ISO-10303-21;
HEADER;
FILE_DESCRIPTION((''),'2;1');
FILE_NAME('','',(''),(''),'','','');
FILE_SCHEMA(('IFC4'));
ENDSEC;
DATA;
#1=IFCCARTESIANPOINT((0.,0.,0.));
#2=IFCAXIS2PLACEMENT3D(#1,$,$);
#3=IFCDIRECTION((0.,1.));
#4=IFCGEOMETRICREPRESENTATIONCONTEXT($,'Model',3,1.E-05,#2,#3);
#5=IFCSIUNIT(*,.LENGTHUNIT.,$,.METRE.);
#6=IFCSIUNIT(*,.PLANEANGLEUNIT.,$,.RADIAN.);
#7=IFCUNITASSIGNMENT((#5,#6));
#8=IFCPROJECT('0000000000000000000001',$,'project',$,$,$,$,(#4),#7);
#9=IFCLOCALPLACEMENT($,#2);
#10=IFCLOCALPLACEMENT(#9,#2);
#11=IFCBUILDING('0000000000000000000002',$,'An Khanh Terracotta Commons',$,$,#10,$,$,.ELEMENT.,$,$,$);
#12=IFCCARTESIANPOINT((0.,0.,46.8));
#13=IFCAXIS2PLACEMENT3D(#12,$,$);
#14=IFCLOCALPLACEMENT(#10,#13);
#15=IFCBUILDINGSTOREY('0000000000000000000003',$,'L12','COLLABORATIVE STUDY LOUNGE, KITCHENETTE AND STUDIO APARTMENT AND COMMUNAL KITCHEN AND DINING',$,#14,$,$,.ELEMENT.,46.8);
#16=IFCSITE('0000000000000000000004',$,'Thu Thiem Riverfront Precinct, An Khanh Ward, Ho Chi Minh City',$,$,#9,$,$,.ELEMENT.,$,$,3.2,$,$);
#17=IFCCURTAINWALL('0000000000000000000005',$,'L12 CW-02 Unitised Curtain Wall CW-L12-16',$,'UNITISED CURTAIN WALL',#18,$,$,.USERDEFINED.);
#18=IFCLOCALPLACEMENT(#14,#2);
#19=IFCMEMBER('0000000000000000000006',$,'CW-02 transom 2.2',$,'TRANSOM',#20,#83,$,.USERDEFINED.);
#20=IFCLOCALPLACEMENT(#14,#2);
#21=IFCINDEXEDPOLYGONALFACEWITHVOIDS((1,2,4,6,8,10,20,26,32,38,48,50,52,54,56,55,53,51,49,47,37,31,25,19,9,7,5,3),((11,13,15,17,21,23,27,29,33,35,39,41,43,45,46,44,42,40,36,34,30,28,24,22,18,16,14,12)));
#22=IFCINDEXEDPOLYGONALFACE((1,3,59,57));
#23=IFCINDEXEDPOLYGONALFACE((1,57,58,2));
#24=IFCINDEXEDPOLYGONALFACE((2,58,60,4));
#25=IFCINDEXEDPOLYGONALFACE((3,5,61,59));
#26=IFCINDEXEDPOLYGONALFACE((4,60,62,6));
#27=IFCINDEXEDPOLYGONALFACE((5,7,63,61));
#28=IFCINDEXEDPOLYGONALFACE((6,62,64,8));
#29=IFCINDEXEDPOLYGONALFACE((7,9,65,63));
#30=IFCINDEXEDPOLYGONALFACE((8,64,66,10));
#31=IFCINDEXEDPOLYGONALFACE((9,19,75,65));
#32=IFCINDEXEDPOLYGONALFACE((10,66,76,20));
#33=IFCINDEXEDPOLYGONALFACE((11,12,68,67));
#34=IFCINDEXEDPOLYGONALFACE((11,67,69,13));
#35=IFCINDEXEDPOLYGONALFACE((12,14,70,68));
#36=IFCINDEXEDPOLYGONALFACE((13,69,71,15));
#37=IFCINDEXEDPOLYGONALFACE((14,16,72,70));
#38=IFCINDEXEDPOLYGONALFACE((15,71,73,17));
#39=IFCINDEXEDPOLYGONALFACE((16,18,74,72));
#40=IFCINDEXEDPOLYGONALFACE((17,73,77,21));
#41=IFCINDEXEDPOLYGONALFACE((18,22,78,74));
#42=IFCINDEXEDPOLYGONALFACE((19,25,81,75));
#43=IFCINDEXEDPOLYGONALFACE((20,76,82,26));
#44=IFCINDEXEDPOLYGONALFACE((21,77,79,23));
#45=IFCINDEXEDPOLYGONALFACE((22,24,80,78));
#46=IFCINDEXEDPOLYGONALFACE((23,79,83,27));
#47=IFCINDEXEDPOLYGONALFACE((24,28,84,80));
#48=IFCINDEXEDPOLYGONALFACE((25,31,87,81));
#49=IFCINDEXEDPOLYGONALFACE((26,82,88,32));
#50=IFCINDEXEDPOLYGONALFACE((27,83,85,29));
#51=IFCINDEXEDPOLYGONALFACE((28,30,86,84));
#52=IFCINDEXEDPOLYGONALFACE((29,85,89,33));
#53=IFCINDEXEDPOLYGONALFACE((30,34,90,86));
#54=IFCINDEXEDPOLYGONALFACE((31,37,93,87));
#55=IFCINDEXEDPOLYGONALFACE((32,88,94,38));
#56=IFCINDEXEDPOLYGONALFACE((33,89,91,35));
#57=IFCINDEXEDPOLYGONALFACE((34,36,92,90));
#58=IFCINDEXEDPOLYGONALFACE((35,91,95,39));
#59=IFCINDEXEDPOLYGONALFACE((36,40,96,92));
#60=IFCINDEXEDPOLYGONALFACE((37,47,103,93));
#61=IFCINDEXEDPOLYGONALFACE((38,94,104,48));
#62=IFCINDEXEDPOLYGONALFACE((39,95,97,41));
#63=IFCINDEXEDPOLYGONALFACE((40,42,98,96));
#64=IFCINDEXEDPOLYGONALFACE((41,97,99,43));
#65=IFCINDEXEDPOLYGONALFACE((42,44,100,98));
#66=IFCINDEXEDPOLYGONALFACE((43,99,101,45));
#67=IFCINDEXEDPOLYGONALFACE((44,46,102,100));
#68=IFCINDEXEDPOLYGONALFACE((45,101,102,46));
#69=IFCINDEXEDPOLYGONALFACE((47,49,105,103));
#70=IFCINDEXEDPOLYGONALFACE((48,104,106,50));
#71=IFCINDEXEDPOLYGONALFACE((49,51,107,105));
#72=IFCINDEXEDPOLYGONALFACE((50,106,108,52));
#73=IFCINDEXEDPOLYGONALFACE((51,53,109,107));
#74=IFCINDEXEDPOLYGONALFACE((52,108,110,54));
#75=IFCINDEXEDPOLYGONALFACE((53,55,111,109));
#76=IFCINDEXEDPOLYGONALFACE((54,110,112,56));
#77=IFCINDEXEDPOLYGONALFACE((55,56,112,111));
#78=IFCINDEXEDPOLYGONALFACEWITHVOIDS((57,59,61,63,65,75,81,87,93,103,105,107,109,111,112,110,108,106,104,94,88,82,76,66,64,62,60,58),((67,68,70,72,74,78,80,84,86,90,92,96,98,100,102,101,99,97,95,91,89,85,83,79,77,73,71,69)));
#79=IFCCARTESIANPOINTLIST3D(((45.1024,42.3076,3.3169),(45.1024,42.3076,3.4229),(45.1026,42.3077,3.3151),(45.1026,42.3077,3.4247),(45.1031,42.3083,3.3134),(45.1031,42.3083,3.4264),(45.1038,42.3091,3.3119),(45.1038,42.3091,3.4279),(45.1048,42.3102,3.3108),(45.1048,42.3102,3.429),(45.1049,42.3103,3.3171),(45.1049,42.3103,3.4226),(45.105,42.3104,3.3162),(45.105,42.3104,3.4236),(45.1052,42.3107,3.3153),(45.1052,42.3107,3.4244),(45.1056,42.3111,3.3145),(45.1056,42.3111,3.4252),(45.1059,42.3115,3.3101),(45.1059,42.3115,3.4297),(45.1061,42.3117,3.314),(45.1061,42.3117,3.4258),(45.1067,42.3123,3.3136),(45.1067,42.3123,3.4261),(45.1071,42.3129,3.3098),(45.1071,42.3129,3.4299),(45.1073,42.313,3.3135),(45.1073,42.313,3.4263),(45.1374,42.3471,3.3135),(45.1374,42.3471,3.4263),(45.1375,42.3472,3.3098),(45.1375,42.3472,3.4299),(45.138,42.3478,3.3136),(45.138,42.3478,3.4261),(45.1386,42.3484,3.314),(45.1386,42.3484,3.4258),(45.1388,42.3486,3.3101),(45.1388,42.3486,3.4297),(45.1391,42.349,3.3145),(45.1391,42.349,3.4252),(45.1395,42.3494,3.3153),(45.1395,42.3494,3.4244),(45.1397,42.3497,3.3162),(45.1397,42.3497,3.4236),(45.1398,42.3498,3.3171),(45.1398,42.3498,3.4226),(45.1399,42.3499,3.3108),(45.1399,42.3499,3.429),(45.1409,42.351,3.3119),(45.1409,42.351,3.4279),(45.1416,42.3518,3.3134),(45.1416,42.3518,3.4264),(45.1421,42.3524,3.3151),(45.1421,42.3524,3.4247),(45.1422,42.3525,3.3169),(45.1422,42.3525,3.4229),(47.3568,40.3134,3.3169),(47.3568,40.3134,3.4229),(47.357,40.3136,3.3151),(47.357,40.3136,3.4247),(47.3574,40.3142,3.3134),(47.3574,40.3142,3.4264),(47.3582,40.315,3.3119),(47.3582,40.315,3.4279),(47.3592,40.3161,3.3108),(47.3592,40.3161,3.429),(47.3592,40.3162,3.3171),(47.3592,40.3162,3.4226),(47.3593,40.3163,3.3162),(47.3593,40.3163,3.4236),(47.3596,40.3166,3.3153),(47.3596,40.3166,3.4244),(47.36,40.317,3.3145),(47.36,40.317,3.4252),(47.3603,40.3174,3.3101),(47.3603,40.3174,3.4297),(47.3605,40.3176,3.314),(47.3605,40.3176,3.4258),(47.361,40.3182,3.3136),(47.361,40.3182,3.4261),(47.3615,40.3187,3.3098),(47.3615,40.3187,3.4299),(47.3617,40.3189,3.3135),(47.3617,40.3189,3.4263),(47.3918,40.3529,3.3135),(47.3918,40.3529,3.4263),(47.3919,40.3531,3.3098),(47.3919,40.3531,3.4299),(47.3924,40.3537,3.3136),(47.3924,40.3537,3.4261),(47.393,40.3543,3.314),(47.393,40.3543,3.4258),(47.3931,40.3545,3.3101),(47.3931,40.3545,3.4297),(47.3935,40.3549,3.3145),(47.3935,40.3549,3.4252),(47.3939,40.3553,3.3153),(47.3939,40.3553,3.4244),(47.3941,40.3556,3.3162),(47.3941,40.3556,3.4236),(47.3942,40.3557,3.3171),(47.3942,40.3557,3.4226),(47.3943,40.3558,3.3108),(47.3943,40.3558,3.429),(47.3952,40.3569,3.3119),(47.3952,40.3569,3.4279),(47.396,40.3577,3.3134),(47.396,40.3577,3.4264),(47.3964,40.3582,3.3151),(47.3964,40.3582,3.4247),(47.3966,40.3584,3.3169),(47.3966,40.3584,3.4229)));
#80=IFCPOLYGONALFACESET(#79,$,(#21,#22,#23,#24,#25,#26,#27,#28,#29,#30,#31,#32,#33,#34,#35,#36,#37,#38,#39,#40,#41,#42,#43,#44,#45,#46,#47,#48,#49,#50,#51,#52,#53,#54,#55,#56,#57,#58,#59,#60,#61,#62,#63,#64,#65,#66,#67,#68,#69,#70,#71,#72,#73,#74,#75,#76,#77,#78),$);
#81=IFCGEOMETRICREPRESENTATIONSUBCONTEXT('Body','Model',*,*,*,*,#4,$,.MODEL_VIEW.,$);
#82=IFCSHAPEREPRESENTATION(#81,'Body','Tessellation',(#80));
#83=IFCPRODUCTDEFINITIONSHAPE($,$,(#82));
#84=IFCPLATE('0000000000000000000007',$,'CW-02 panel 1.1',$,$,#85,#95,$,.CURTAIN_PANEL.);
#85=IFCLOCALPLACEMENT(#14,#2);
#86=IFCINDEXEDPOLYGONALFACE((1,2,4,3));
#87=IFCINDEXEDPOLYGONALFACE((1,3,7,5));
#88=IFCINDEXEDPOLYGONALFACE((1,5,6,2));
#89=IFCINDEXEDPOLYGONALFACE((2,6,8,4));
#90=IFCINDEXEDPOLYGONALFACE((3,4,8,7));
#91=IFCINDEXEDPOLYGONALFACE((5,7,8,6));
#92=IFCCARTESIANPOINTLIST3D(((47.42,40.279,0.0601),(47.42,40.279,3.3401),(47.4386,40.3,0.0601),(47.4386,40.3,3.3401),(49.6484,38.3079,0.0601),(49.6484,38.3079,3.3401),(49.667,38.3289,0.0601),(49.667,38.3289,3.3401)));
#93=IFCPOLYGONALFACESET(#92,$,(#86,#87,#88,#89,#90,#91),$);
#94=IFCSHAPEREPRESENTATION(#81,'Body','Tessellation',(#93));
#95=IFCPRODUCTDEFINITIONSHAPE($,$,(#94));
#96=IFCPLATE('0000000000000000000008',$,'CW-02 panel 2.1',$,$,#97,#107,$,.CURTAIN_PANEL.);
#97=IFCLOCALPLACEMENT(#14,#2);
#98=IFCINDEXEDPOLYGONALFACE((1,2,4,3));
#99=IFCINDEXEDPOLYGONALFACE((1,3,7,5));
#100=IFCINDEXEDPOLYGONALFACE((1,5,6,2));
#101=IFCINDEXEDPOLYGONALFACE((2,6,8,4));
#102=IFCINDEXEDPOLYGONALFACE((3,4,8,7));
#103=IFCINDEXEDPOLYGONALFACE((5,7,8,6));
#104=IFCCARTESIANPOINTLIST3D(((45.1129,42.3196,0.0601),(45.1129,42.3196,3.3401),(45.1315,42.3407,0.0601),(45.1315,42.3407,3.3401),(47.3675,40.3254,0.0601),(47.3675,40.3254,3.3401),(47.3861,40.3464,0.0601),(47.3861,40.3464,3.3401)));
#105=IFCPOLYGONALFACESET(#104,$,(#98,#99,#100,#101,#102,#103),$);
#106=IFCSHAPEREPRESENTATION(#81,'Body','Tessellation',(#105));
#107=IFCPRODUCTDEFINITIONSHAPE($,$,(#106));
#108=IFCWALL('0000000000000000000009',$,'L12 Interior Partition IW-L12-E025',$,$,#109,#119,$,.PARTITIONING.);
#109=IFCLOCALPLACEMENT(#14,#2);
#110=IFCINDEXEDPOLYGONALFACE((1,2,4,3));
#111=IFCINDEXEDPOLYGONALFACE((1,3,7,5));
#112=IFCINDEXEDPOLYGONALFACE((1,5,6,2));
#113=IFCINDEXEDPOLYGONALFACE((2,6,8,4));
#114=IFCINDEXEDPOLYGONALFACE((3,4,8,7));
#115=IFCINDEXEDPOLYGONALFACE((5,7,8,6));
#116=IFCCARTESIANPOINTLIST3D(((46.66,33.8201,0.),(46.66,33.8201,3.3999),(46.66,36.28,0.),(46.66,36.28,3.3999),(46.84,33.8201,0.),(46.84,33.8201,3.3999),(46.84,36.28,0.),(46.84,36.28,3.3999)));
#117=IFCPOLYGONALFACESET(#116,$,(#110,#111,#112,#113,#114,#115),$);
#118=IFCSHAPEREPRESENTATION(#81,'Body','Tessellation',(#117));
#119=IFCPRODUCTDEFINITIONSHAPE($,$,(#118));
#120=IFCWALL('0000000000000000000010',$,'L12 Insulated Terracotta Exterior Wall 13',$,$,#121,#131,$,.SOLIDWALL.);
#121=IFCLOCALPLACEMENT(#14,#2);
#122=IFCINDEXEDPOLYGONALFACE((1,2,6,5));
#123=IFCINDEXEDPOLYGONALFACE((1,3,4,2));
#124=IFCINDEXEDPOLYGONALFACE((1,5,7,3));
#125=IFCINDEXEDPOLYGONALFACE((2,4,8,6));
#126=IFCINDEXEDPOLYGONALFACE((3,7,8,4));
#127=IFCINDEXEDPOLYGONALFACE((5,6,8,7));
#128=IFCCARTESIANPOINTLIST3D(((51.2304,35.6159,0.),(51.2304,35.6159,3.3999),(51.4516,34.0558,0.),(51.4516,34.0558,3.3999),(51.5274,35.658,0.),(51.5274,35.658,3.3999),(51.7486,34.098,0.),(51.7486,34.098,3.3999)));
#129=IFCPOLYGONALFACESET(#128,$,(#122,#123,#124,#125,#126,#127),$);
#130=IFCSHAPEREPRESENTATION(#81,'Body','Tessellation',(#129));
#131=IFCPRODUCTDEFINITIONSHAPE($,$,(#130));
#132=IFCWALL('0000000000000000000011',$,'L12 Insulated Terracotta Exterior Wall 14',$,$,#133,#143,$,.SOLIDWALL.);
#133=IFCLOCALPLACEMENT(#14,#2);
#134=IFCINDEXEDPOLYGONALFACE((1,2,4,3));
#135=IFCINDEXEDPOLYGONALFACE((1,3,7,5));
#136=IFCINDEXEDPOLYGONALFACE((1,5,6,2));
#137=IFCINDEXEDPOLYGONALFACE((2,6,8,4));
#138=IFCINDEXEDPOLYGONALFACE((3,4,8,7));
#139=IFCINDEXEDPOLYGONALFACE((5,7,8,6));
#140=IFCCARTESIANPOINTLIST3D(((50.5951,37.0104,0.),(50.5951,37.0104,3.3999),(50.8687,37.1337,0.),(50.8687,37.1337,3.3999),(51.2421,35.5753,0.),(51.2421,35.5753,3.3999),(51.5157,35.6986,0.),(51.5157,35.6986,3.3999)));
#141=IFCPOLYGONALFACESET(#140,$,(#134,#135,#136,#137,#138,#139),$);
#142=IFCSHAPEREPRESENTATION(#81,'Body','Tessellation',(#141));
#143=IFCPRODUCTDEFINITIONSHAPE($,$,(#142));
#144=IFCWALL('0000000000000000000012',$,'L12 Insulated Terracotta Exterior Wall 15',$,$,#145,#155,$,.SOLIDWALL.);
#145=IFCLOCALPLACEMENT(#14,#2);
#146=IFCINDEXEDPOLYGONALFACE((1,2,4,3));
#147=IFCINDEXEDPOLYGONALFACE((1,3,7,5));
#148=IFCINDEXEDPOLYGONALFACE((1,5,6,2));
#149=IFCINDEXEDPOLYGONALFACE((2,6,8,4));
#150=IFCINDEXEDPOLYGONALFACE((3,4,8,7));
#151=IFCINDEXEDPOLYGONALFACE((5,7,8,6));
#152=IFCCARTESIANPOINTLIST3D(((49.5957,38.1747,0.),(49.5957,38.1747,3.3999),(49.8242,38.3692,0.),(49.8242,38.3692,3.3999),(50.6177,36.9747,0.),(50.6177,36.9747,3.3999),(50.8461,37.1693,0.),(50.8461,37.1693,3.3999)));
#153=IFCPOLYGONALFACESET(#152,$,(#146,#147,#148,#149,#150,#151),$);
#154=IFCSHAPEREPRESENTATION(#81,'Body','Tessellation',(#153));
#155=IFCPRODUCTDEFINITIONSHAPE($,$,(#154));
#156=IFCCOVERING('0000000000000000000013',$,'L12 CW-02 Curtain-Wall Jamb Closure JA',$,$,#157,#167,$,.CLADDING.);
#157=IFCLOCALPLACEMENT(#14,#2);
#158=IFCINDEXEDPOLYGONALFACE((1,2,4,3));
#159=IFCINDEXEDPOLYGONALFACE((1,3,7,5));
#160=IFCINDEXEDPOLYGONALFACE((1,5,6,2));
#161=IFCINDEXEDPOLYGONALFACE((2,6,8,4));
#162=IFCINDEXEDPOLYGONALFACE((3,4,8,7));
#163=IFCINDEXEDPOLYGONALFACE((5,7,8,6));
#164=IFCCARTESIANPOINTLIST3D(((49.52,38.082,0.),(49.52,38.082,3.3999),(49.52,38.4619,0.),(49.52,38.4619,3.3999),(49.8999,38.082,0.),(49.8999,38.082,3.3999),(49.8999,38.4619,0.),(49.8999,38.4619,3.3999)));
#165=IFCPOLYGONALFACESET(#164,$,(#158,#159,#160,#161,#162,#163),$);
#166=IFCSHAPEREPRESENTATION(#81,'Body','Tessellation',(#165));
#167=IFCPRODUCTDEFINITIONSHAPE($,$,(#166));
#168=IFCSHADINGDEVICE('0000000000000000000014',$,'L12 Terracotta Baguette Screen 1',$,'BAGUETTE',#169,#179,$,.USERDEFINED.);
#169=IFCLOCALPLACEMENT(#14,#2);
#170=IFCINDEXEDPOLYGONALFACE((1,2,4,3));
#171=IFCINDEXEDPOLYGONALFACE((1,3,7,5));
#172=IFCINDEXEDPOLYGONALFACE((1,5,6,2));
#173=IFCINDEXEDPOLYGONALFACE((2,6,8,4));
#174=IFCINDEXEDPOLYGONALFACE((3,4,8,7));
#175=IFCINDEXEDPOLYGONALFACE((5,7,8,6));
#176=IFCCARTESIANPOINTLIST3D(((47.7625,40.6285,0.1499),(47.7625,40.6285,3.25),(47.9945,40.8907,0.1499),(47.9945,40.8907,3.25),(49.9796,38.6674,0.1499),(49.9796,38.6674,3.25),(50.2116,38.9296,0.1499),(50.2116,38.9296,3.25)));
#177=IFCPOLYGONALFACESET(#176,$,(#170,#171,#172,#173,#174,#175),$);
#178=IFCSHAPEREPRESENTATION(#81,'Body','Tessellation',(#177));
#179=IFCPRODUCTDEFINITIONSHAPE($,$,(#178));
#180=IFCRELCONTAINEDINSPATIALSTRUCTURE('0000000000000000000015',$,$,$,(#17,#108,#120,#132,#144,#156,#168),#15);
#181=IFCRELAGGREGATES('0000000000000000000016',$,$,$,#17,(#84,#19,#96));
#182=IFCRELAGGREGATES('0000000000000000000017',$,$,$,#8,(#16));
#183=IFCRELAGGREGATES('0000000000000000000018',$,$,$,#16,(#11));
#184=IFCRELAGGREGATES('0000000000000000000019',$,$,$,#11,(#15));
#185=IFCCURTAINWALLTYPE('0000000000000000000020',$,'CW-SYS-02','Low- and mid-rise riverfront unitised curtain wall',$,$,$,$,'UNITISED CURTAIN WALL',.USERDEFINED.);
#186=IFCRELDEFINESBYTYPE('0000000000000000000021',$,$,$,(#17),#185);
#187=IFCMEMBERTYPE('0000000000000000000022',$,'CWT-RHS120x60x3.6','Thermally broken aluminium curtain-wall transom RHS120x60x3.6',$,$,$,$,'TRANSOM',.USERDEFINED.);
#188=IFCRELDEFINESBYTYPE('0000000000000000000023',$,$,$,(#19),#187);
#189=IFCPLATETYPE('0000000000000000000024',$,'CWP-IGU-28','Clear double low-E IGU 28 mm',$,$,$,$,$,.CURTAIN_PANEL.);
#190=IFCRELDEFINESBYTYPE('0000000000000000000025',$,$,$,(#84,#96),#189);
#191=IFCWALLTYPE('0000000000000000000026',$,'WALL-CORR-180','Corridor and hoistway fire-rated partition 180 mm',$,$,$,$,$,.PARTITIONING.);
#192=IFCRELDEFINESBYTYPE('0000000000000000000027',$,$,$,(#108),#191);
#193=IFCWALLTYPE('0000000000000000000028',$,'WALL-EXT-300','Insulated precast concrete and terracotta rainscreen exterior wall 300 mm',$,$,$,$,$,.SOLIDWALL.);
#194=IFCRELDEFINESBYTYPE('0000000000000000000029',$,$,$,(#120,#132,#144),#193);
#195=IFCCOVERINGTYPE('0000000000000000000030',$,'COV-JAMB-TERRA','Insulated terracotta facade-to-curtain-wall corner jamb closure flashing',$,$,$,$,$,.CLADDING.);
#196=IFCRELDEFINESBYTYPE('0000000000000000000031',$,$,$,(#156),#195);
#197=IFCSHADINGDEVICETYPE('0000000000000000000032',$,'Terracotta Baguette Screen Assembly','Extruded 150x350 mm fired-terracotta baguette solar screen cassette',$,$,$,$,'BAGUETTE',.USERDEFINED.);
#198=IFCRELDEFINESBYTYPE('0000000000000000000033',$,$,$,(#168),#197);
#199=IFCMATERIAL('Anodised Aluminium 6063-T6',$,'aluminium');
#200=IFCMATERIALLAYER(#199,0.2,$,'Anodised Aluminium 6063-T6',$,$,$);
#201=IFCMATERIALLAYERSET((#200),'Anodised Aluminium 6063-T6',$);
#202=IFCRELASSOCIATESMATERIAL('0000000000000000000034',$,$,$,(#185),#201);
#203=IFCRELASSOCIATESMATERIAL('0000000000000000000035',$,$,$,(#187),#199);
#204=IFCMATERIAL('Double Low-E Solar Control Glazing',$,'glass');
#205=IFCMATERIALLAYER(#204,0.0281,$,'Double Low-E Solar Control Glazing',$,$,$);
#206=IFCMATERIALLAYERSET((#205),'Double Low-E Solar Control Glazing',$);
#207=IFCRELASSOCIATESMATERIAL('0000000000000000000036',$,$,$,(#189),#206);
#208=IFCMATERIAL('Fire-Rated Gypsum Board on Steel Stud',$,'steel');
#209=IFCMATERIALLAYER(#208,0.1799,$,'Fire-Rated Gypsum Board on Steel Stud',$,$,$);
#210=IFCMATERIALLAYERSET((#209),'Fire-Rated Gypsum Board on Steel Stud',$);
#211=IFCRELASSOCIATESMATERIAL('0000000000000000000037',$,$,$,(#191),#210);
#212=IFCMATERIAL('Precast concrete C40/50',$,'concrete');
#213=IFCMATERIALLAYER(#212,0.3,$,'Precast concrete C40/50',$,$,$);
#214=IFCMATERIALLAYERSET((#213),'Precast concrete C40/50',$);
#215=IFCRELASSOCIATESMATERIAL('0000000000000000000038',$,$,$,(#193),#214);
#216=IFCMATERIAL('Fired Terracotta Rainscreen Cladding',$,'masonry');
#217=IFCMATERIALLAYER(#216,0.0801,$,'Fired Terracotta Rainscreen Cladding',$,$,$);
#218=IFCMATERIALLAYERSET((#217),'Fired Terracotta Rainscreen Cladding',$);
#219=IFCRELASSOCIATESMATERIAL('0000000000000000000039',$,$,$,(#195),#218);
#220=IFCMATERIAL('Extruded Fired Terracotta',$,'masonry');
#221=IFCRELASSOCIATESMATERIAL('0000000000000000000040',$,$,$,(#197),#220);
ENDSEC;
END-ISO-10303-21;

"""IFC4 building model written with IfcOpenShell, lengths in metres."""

from ifc_helpers import new_model, si_unit, direction, frame, frame_2d, origin, origin_2d, place, context, subcontext, project, spatial, rectangle, hollow_rectangle, extrude, material, layer, layer_set, material_profile, profile_set, type_object, element, aggregate, save


model = new_model("IFC4")

# Units and contexts
model_context = context("Model", 3, precision=1e-05, world=origin(), true_north=direction((0.0, 1.0)))
body_context = subcontext(model_context, "Body", "Model", "MODEL_VIEW")
ifc_project = project(units=[si_unit("LENGTHUNIT", "METRE"), si_unit("PLANEANGLEUNIT", "RADIAN")], contexts=[model_context])

# Site, building, storey
site_placement = place(None, origin())
site = spatial("IfcSite", under=ifc_project, at=site_placement, Name="Thu Thiem Riverfront Precinct, An Khanh Ward, Ho Chi Minh City", CompositionType="ELEMENT", RefElevation=3.2)
building_placement = place(site_placement, origin())
building = spatial("IfcBuilding", under=site, at=building_placement, Name="An Khanh Terracotta Commons", CompositionType="ELEMENT")
storey_placement = place(building_placement, frame((0.0, 0.0, 46.8)))
storey = spatial("IfcBuildingStorey", under=building, at=storey_placement, Name="L12", Description="COLLABORATIVE STUDY LOUNGE, KITCHENETTE AND STUDIO APARTMENT AND COMMUNAL KITCHEN AND DINING", CompositionType="ELEMENT", Elevation=46.8)

# Curtain wall, member, plates
ifc_material_1 = material(Name="Anodised Aluminium 6063-T6", Category="aluminium")
ifc_layer_1 = layer(ifc_material_1, 0.2, Name="Anodised Aluminium 6063-T6")
ifc_layer_set_1 = layer_set([ifc_layer_1], Name="Anodised Aluminium 6063-T6")
curtain_wall_type = type_object("IfcCurtainWallType", Name="CW-SYS-02", Description="Low- and mid-rise riverfront unitised curtain wall", ElementType="UNITISED CURTAIN WALL", PredefinedType="USERDEFINED", material=ifc_layer_set_1)
curtain_wall_placement = place(storey_placement, origin())
curtain_wall = element("IfcCurtainWall", 1, at=curtain_wall_placement, inside=storey, type_object=curtain_wall_type, Name="L12 CW-02 Unitised Curtain Wall CW-L12-16", ObjectType="UNITISED CURTAIN WALL", PredefinedType="USERDEFINED")
ifc_material_profile_1 = material_profile(ifc_material_1, hollow_rectangle(XDim=0.0601, YDim=0.1201, WallThickness=0.0037, InnerFilletRadius=0.0037, OuterFilletRadius=0.0071, at=origin_2d()), Name="RHS120x60x3.6")
ifc_profile_set_1 = profile_set([ifc_material_profile_1], Name="Anodised Aluminium 6063-T6")
member_type_1 = type_object("IfcMemberType", Name="CWT-RHS120x60x3.6", Description="Thermally broken aluminium curtain-wall transom RHS120x60x3.6", ElementType="TRANSOM", PredefinedType="USERDEFINED", material=ifc_profile_set_1)
member_1_placement = place(storey_placement, frame((47.3767, 40.3359, 3.3699), z_axis=(-0.749018, 0.662549, 0.0), x_axis=(-0.662549, -0.749018, 0.0)))
member_1 = element("IfcMember", 2, at=member_1_placement, type_object=member_type_1, Name="CW-02 transom 2.2", ObjectType="TRANSOM", PredefinedType="USERDEFINED", context=body_context, shape_type="SweptSolid", body=[
    extrude(hollow_rectangle(XDim=0.0601, YDim=0.1201, WallThickness=0.0037, InnerFilletRadius=0.0037, OuterFilletRadius=0.0071, at=origin_2d()), origin(), (0.0, 0.0, 1.0), 3.0098),
])
ifc_material_2 = material(Name="Double Low-E Solar Control Glazing", Category="glass")
ifc_layer_2 = layer(ifc_material_2, 0.0281, Name="Double Low-E Solar Control Glazing")
ifc_layer_set_2 = layer_set([ifc_layer_2], Name="Double Low-E Solar Control Glazing")
plate_type = type_object("IfcPlateType", Name="CWP-IGU-28", Description="Clear double low-E IGU 28 mm", PredefinedType="CURTAIN_PANEL", material=ifc_layer_set_2)
plate_1_placement = place(storey_placement, frame((48.5435, 39.304, 0.0601), z_axis=(0.0, 0.0, 1.0), x_axis=(-0.749019, 0.662548, 0.0)))
plate_1 = element("IfcPlate", 3, at=plate_1_placement, type_object=plate_type, Name="CW-02 panel 1.1", PredefinedType="CURTAIN_PANEL", context=body_context, shape_type="SweptSolid", body=[
    extrude(rectangle(XDim=2.9751, YDim=0.0281, at=origin_2d()), origin(), (0.0, 0.0, 1.0), 3.28),
])
plate_2_placement = place(storey_placement, frame((46.2495, 41.333, 0.0601), z_axis=(0.0, 0.0, 1.0), x_axis=(-0.749019, 0.662548, 0.0)))
plate_2 = element("IfcPlate", 4, at=plate_2_placement, type_object=plate_type, Name="CW-02 panel 2.1", PredefinedType="CURTAIN_PANEL", context=body_context, shape_type="SweptSolid", body=[
    extrude(rectangle(XDim=3.01, YDim=0.0281, at=origin_2d()), origin(), (0.0, 0.0, 1.0), 3.28),
])
aggregate(curtain_wall, [plate_1, member_1, plate_2])

# Walls
ifc_material_3 = material(Name="Fire-Rated Gypsum Board on Steel Stud", Category="steel")
ifc_layer_3 = layer(ifc_material_3, 0.1799, Name="Fire-Rated Gypsum Board on Steel Stud")
ifc_layer_set_3 = layer_set([ifc_layer_3], Name="Fire-Rated Gypsum Board on Steel Stud")
wall_type_1 = type_object("IfcWallType", Name="WALL-CORR-180", Description="Corridor and hoistway fire-rated partition 180 mm", PredefinedType="PARTITIONING", material=ifc_layer_set_3)
wall_1_placement = place(storey_placement, frame((46.75, 33.8201, 0.0), z_axis=(0.0, 0.0, 1.0), x_axis=(0.0, 1.0, 0.0)))
element("IfcWall", 5, at=wall_1_placement, inside=storey, type_object=wall_type_1, Name="L12 Interior Partition IW-L12-E025", PredefinedType="PARTITIONING", context=body_context, shape_type="SweptSolid", body=[
    extrude(rectangle(XDim=2.46, YDim=0.1799, at=frame_2d((1.23, 0.0))), origin(), (0.0, 0.0, 1.0), 3.3999),
])
ifc_material_4 = material(Name="Precast concrete C40/50", Category="concrete")
ifc_layer_4 = layer(ifc_material_4, 0.3, Name="Precast concrete C40/50")
ifc_layer_set_4 = layer_set([ifc_layer_4], Name="Precast concrete C40/50")
wall_type_2 = type_object("IfcWallType", Name="WALL-EXT-300", Description="Insulated precast concrete and terracotta rainscreen exterior wall 300 mm", PredefinedType="SOLIDWALL", material=ifc_layer_set_4)
wall_2_placement = place(storey_placement, frame((51.6001, 34.0769, 0.0), z_axis=(0.0, 0.0, 1.0), x_axis=(-0.14038, 0.990098, 0.0)))
element("IfcWall", 6, at=wall_2_placement, inside=storey, type_object=wall_type_2, Name="L12 Insulated Terracotta Exterior Wall 13", PredefinedType="SOLIDWALL", context=body_context, shape_type="SweptSolid", body=[
    extrude(rectangle(XDim=1.5757, YDim=0.3, at=frame_2d((0.7878, 0.0))), origin(), (0.0, 0.0, 1.0), 3.3999),
])
wall_3_placement = place(storey_placement, frame((51.3789, 35.637, 0.0), z_axis=(0.0, 0.0, 1.0), x_axis=(-0.410997, 0.911637, 0.0)))
element("IfcWall", 7, at=wall_3_placement, inside=storey, type_object=wall_type_2, Name="L12 Insulated Terracotta Exterior Wall 14", PredefinedType="SOLIDWALL", context=body_context, shape_type="SweptSolid", body=[
    extrude(rectangle(XDim=1.5742, YDim=0.3, at=frame_2d((0.7871, 0.0))), origin(), (0.0, 0.0, 1.0), 3.3999),
])
wall_4_placement = place(storey_placement, frame((50.7319, 37.072, 0.0), z_axis=(0.0, 0.0, 1.0), x_axis=(-0.64839, 0.761308, 0.0)))
element("IfcWall", 8, at=wall_4_placement, inside=storey, type_object=wall_type_2, Name="L12 Insulated Terracotta Exterior Wall 15", PredefinedType="SOLIDWALL", context=body_context, shape_type="SweptSolid", body=[
    extrude(rectangle(XDim=1.5762, YDim=0.3, at=frame_2d((0.7881, 0.0))), origin(), (0.0, 0.0, 1.0), 3.3999),
])

# Covering
ifc_material_5 = material(Name="Fired Terracotta Rainscreen Cladding", Category="masonry")
ifc_layer_5 = layer(ifc_material_5, 0.0801, Name="Fired Terracotta Rainscreen Cladding")
ifc_layer_set_5 = layer_set([ifc_layer_5], Name="Fired Terracotta Rainscreen Cladding")
covering_type = type_object("IfcCoveringType", Name="COV-JAMB-TERRA", Description="Insulated terracotta facade-to-curtain-wall corner jamb closure flashing", PredefinedType="CLADDING", material=ifc_layer_set_5)
covering_placement = place(storey_placement, frame((49.71, 38.272, 0.0), z_axis=(0.0, 0.0, 1.0), x_axis=(1.0, 0.0, 0.0)))
element("IfcCovering", 9, at=covering_placement, inside=storey, type_object=covering_type, Name="L12 CW-02 Curtain-Wall Jamb Closure JA", PredefinedType="CLADDING", context=body_context, shape_type="SweptSolid", body=[
    extrude(rectangle(XDim=0.3799, YDim=0.3799, at=origin_2d()), origin(), (0.0, 0.0, 1.0), 3.3999),
])

# Shading device
ifc_material_6 = material(Name="Extruded Fired Terracotta", Category="masonry")
shading_device_type = type_object("IfcShadingDeviceType", Name="Terracotta Baguette Screen Assembly", Description="Extruded 150x350 mm fired-terracotta baguette solar screen cassette", ElementType="BAGUETTE", PredefinedType="USERDEFINED", material=ifc_material_6)
shading_device_placement = place(storey_placement, frame((48.9871, 39.7791, 0.1499), z_axis=(0.0, 0.0, 1.0), x_axis=(-0.749019, 0.662548, 0.0)))
element("IfcShadingDevice", 10, at=shading_device_placement, inside=storey, type_object=shading_device_type, Name="L12 Terracotta Baguette Screen 1", ObjectType="BAGUETTE", PredefinedType="USERDEFINED", context=body_context, shape_type="SweptSolid", body=[
    extrude(rectangle(XDim=2.96, YDim=0.3501, at=origin_2d()), origin(), (0.0, 0.0, 1.0), 3.1001),
])

save(model, "model.ifc")
